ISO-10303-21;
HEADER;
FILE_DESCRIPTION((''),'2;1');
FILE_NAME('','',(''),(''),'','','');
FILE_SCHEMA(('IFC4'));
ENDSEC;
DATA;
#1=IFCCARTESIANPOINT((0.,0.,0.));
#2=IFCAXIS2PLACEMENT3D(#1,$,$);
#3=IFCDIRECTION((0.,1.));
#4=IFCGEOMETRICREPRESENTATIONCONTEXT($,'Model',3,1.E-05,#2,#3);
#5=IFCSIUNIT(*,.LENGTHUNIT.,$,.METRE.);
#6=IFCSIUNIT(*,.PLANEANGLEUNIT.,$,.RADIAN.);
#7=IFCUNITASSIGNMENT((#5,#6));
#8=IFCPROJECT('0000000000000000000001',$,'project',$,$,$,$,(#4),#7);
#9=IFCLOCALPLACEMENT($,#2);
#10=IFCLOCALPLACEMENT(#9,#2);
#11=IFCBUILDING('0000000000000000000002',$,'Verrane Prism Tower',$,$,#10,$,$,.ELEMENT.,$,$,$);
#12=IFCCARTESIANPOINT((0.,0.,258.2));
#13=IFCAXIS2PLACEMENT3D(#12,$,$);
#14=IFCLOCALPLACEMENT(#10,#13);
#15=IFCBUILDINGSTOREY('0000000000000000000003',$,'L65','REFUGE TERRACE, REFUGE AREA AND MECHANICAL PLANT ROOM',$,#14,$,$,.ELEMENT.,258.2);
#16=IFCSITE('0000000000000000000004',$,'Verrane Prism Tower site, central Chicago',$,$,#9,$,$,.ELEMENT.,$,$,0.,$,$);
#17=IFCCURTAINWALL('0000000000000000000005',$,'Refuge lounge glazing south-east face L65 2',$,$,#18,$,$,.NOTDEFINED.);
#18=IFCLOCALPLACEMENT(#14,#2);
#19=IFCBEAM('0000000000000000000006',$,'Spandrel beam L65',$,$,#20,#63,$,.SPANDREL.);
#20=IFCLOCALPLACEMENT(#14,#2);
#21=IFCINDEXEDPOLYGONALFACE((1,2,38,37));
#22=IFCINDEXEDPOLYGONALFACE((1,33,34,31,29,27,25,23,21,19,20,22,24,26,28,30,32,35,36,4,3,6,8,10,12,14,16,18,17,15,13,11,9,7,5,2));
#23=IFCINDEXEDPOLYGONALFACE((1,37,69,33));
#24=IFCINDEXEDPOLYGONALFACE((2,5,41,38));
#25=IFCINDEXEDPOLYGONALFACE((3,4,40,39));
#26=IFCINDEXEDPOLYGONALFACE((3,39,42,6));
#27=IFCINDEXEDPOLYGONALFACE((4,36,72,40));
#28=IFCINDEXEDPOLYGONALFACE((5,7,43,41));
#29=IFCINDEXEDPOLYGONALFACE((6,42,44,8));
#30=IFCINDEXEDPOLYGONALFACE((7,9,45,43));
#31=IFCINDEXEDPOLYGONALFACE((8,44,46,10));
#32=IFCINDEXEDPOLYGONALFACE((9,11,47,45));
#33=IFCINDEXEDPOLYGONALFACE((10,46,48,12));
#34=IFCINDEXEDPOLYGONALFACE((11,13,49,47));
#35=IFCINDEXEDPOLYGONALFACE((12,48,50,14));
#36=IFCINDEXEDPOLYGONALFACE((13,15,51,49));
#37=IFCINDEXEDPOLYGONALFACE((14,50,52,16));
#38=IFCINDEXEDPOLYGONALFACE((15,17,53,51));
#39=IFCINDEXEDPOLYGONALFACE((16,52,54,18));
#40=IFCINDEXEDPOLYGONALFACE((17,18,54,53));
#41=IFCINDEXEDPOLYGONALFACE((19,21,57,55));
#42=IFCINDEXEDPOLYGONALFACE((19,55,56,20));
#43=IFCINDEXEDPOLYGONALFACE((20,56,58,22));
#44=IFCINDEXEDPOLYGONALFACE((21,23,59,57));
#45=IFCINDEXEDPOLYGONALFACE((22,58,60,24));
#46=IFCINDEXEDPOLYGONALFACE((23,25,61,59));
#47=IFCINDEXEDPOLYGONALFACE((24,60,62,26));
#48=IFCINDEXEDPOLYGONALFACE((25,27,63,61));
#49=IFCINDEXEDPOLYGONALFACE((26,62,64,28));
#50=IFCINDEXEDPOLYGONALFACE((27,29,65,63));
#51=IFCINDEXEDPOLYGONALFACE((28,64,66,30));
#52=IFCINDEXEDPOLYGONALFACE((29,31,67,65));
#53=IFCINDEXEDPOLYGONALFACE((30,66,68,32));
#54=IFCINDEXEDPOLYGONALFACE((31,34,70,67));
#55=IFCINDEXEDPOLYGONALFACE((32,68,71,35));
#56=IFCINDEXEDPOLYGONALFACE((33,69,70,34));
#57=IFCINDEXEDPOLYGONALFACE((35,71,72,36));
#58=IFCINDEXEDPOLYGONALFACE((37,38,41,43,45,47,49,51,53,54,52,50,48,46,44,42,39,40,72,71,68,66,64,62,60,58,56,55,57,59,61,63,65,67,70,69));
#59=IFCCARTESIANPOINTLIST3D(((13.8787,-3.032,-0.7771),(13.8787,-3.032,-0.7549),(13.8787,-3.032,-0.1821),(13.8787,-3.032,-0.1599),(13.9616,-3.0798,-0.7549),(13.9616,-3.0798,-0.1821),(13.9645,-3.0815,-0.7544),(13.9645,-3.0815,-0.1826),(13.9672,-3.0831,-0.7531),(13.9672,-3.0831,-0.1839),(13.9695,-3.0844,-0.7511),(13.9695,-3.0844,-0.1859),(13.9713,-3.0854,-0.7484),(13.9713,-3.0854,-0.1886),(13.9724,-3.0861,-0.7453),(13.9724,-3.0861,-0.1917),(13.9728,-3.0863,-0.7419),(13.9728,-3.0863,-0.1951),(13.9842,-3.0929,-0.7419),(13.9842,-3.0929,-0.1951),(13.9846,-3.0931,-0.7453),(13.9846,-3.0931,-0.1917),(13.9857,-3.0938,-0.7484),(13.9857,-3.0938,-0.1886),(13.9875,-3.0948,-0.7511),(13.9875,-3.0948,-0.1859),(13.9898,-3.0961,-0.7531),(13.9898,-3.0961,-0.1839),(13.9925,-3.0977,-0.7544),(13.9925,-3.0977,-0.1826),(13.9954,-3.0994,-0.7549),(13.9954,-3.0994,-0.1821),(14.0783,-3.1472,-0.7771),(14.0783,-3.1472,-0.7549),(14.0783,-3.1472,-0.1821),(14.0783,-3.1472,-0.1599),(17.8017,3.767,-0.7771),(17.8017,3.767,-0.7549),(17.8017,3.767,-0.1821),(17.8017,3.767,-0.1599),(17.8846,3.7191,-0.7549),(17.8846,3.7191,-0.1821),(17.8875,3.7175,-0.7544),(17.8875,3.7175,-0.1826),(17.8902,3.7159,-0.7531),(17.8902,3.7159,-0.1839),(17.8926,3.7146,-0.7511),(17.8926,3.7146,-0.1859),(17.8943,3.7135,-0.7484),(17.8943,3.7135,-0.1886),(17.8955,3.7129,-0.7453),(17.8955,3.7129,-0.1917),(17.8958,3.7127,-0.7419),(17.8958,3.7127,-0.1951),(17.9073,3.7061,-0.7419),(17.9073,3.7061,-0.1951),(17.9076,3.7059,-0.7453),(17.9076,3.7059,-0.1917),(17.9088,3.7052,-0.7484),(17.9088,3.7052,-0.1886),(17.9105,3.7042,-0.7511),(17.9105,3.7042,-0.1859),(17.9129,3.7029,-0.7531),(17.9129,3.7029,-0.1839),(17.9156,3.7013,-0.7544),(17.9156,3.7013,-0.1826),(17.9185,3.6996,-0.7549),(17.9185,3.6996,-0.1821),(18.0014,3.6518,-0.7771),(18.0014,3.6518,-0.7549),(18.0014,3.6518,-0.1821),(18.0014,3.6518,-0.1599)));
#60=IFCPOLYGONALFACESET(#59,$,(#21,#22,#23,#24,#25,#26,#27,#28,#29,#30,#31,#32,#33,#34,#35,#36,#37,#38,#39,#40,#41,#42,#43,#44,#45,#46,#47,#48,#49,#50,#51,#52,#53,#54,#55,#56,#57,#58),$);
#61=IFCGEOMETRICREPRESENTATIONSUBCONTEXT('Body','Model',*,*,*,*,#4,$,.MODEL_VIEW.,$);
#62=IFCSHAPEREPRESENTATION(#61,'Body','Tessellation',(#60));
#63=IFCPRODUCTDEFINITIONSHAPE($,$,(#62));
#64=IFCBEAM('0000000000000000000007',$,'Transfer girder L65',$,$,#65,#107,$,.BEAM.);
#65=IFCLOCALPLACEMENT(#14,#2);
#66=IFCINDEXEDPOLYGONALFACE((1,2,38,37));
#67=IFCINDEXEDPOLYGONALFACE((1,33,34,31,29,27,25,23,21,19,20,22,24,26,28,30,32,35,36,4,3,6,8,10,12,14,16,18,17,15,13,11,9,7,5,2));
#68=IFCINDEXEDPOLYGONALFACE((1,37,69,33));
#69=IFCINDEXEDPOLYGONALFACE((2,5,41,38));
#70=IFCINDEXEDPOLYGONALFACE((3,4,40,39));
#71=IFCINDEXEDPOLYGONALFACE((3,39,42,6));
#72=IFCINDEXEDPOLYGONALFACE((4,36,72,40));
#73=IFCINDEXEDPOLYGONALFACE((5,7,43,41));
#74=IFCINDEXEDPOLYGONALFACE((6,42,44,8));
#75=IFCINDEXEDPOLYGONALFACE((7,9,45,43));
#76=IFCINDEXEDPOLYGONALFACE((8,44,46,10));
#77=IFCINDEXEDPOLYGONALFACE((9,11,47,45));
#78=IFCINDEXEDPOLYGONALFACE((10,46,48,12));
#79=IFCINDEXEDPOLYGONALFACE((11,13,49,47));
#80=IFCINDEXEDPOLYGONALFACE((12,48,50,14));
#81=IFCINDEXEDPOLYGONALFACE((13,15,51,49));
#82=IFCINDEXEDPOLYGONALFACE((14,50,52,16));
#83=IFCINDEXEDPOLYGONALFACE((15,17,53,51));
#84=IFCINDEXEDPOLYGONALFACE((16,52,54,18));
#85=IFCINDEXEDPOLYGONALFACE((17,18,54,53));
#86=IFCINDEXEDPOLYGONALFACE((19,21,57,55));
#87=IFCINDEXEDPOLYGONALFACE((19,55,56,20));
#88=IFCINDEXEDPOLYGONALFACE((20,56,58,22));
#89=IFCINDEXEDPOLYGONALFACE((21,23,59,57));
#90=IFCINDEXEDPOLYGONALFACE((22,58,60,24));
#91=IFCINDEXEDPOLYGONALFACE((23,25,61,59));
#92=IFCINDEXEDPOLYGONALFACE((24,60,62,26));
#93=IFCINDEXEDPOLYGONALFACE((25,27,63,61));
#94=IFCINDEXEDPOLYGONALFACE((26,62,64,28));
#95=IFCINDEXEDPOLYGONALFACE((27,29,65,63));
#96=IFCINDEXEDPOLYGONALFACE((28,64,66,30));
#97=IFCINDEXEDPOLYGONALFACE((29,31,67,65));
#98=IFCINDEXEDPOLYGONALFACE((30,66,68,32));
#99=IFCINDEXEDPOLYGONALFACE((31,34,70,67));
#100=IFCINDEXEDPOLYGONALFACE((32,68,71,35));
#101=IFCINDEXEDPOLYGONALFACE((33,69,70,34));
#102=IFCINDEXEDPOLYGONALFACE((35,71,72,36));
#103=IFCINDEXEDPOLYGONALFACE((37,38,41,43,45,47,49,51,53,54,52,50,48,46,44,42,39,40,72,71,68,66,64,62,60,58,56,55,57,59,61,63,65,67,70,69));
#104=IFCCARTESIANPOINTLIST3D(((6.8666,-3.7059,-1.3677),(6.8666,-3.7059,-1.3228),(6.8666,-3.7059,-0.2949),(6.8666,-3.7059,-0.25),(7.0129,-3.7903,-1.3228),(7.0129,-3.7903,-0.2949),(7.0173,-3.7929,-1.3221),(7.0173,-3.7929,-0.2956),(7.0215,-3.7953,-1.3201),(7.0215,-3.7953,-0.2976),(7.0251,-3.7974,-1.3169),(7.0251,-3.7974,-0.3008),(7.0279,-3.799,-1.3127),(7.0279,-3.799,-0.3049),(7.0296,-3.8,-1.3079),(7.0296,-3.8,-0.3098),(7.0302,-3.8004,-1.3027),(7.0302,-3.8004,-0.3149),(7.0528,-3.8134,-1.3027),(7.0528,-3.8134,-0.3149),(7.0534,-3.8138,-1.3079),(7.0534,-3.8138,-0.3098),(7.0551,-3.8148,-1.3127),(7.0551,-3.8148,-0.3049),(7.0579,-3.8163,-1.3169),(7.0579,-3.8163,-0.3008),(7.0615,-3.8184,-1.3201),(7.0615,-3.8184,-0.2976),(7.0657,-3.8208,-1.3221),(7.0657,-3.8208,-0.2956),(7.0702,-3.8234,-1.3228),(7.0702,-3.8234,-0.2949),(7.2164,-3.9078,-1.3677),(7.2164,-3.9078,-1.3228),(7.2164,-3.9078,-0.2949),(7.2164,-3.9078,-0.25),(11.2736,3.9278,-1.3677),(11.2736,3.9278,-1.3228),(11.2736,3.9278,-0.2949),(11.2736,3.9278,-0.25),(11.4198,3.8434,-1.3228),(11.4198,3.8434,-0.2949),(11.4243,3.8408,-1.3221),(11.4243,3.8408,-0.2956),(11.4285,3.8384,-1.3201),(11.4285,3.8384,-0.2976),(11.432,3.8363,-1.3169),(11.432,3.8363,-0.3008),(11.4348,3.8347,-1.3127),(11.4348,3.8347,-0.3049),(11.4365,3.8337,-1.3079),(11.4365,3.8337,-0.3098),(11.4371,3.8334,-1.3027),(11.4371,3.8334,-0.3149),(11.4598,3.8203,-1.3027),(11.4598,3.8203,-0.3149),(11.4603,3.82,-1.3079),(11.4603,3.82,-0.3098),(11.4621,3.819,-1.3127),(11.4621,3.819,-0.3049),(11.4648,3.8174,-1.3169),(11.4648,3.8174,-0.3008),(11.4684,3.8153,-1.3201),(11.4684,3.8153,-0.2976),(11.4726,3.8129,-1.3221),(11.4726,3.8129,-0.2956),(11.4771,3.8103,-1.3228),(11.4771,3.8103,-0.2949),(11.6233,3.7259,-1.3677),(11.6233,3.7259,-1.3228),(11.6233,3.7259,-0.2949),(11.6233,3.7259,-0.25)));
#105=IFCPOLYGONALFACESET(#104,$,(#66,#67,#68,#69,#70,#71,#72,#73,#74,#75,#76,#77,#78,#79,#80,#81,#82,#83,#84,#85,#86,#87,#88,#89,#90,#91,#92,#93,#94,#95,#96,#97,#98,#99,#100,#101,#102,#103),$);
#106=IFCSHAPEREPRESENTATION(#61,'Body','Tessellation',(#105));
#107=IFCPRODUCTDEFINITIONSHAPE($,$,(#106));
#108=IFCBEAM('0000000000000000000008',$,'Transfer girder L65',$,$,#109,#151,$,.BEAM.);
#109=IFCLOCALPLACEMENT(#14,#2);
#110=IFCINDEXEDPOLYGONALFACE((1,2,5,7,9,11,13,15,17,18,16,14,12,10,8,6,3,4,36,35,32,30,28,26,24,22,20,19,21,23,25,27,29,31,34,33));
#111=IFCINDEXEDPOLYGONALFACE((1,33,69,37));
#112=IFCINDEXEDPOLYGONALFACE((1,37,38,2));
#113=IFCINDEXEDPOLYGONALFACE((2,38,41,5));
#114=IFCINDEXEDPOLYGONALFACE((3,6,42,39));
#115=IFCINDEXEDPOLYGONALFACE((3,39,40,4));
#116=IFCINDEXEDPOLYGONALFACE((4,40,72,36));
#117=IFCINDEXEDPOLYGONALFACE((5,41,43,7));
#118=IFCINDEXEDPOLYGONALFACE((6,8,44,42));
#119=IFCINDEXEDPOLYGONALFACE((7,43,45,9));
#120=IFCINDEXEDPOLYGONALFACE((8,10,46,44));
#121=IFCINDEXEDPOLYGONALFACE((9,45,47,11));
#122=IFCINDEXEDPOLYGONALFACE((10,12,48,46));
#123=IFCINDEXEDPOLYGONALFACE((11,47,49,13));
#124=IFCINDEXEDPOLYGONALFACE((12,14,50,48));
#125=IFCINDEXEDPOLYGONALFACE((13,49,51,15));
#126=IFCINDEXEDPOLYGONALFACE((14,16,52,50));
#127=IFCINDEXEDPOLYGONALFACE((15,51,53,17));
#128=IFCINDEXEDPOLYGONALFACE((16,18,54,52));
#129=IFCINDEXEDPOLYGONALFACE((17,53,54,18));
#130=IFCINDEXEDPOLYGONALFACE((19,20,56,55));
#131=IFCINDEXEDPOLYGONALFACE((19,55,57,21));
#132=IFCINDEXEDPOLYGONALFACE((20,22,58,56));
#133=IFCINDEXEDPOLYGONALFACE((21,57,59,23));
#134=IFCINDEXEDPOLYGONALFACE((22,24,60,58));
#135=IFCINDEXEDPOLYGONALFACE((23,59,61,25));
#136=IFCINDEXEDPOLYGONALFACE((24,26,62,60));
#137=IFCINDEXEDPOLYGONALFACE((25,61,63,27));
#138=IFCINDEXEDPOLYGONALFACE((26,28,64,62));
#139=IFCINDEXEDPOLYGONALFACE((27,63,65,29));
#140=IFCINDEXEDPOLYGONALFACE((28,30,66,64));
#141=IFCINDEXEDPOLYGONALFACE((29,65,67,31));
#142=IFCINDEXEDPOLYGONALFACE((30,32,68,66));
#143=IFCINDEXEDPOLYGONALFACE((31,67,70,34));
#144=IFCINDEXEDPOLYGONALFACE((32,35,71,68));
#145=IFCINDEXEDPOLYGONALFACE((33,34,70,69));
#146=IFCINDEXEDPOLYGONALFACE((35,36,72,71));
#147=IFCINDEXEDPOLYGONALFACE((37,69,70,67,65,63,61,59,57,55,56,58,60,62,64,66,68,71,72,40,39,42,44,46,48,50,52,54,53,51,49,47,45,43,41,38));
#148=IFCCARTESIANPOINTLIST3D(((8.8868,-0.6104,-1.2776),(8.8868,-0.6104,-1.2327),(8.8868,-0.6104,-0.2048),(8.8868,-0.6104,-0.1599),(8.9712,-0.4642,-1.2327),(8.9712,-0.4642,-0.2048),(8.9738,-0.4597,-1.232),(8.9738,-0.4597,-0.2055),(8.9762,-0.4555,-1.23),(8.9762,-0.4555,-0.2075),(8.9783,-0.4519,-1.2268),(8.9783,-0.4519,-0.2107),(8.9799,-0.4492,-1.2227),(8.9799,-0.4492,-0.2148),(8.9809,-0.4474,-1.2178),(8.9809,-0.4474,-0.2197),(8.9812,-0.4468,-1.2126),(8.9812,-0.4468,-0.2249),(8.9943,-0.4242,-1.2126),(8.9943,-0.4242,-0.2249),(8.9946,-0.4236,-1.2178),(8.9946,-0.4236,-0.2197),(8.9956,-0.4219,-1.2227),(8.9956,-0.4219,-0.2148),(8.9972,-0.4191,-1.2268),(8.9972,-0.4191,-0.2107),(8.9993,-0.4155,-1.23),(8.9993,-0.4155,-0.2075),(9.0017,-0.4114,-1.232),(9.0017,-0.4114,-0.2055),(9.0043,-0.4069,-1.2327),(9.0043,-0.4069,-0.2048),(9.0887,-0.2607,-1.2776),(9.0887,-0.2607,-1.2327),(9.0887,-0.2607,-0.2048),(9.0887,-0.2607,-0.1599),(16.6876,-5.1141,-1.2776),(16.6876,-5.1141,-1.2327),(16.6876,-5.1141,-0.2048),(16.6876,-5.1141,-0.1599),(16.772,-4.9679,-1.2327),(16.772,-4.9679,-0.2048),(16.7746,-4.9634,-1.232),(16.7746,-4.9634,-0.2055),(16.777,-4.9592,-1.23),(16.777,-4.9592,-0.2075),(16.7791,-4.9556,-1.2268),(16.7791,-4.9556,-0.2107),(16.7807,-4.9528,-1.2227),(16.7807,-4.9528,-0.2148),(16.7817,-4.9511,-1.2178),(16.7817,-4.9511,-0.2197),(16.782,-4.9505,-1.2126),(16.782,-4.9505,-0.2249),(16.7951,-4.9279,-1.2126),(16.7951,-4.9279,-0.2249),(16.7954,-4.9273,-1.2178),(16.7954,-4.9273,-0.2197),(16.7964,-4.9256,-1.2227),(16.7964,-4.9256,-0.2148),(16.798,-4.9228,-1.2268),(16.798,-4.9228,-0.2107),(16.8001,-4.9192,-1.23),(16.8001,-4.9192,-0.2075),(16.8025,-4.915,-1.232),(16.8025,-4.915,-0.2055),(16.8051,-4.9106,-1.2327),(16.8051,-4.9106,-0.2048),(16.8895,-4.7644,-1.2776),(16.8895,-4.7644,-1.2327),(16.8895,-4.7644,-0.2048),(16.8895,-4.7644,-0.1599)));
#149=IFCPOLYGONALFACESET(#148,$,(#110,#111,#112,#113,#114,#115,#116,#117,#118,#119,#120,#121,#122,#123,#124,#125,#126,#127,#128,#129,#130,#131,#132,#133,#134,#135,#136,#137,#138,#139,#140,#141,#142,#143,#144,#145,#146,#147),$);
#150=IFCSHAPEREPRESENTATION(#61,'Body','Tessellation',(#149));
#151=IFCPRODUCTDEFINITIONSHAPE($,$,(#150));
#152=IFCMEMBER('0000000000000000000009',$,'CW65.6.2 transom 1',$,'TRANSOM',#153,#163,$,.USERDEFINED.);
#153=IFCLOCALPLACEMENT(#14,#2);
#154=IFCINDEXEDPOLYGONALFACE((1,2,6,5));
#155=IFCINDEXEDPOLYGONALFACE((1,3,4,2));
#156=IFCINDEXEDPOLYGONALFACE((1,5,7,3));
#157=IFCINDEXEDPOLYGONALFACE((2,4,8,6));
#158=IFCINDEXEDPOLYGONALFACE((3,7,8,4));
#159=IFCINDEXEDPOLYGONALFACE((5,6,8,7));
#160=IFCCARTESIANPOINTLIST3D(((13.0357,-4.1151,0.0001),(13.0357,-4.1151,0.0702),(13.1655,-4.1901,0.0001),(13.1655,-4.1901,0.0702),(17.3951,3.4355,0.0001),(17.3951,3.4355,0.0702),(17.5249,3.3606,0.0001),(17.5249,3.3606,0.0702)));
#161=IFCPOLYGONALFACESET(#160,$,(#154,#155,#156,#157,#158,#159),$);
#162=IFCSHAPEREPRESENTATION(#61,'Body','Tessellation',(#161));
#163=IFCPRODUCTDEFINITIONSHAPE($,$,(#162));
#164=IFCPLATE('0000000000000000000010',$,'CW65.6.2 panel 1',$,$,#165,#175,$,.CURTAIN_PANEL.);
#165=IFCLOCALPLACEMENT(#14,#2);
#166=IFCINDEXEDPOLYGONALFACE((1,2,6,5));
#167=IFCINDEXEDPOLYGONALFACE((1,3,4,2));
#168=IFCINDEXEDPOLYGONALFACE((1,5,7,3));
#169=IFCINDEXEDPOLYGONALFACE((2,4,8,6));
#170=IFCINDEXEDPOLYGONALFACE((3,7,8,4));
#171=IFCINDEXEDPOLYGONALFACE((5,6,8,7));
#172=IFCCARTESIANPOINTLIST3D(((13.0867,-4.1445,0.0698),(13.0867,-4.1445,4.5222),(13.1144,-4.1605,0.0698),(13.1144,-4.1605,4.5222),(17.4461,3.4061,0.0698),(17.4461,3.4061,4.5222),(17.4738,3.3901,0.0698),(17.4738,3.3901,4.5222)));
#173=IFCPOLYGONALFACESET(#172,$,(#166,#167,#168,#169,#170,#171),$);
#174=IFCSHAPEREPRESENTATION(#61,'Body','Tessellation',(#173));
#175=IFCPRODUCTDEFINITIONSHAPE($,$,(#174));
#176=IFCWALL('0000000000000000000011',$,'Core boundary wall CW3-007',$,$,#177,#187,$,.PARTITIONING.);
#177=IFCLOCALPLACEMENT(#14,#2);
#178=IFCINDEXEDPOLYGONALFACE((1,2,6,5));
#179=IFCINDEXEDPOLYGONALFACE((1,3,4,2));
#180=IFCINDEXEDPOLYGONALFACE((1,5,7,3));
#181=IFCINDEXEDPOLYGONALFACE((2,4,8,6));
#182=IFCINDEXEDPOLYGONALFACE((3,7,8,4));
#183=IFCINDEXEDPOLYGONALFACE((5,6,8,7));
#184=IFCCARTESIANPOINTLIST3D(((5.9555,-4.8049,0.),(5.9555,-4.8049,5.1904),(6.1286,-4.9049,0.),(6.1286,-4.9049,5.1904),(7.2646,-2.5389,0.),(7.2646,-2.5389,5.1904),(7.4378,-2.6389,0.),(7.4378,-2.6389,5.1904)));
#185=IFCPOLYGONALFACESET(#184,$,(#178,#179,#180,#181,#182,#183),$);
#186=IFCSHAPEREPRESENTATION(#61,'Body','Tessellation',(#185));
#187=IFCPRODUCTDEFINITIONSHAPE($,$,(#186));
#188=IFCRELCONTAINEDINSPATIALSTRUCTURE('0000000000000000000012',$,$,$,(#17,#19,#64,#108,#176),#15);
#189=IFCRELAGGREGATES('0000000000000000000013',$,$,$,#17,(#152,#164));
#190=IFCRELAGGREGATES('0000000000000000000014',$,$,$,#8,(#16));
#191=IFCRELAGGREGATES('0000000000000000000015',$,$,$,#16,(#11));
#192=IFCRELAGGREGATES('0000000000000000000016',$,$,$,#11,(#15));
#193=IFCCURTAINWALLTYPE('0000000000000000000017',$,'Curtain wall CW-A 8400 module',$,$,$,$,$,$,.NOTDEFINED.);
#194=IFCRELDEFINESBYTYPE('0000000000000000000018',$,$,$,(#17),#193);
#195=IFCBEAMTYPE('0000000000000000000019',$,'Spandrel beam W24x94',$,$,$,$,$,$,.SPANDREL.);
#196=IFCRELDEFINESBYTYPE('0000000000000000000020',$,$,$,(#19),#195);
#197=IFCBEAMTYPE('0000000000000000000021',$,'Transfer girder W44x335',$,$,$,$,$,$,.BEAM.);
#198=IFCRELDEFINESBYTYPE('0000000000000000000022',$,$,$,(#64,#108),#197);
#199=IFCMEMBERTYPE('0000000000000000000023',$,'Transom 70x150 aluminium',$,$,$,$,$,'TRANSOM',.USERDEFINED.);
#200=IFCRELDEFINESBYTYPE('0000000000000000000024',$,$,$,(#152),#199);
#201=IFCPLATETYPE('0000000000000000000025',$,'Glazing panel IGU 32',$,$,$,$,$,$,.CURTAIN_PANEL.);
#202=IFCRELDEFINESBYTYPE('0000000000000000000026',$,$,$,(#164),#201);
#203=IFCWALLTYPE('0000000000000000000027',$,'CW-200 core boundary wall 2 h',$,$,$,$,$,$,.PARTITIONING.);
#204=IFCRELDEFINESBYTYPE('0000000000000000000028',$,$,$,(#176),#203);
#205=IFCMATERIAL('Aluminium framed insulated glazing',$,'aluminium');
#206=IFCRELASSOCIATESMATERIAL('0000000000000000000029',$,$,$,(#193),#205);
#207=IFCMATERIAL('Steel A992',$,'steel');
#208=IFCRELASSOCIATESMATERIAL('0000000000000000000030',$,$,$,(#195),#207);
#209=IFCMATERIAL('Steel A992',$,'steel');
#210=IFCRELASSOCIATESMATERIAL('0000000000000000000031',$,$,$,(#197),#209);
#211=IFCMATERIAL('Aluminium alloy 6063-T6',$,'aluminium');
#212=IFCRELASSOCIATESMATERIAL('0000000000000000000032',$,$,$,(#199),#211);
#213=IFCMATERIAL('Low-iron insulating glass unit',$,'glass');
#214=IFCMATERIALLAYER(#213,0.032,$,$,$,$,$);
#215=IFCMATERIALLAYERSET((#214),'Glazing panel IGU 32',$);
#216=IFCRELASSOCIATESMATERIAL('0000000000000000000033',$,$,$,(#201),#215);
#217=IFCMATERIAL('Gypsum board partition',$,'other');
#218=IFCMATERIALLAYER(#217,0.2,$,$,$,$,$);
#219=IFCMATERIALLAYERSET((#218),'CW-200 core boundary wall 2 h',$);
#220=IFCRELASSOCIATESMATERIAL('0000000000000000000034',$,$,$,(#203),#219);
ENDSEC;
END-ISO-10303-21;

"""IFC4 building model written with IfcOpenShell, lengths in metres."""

from ifc_helpers import new_model, si_unit, direction, frame, frame_2d, origin, origin_2d, place, context, subcontext, project, spatial, rectangle, i_section, extrude, material, layer, layer_set, material_profile, profile_set, type_object, element, aggregate, save


model = new_model("IFC4")

# Units and contexts
model_context = context("Model", 3, precision=1e-05, world=origin(), true_north=direction((0.0, 1.0)))
body_context = subcontext(model_context, "Body", "Model", "MODEL_VIEW")
ifc_project = project(units=[si_unit("LENGTHUNIT", "METRE"), si_unit("PLANEANGLEUNIT", "RADIAN")], contexts=[model_context])

# Site, building, storey
site_placement = place(None, origin())
site = spatial("IfcSite", under=ifc_project, at=site_placement, Name="Verrane Prism Tower site, central Chicago", CompositionType="ELEMENT", RefElevation=0.0)
building_placement = place(site_placement, origin())
building = spatial("IfcBuilding", under=site, at=building_placement, Name="Verrane Prism Tower", CompositionType="ELEMENT")
storey_placement = place(building_placement, frame((0.0, 0.0, 258.2)))
storey = spatial("IfcBuildingStorey", under=building, at=storey_placement, Name="L65", Description="REFUGE TERRACE, REFUGE AREA AND MECHANICAL PLANT ROOM", CompositionType="ELEMENT", Elevation=258.2)

# Curtain wall
ifc_material_1 = material(Name="Aluminium framed insulated glazing", Category="aluminium")
curtain_wall_type = type_object("IfcCurtainWallType", Name="Curtain wall CW-A 8400 module", PredefinedType="NOTDEFINED", material=ifc_material_1)
curtain_wall_placement = place(storey_placement, origin())
curtain_wall = element("IfcCurtainWall", 1, at=curtain_wall_placement, inside=storey, type_object=curtain_wall_type, Name="Refuge lounge glazing south-east face L65 2", PredefinedType="NOTDEFINED")

# Beams
ifc_material_2 = material(Name="Steel A992", Category="steel")
ifc_material_profile_1 = material_profile(ifc_material_2, i_section(OverallWidth=0.2305, OverallDepth=0.6172, WebThickness=0.0132, FlangeThickness=0.0222, FilletRadius=0.0129, at=origin_2d()), Name="W24x94")
ifc_profile_set_1 = profile_set([ifc_material_profile_1], Name="Steel A992")
beam_type_1 = type_object("IfcBeamType", Name="Spandrel beam W24x94", PredefinedType="SPANDREL", material=ifc_profile_set_1)
beam_1_placement = place(storey_placement, frame((13.9785, -3.0896, -0.4685), z_axis=(0.499775, 0.866155, 0.0), x_axis=(-0.866155, 0.499775, 0.0)))
element("IfcBeam", 2, at=beam_1_placement, inside=storey, type_object=beam_type_1, Name="Spandrel beam L65", PredefinedType="SPANDREL", context=body_context, shape_type="SweptSolid", body=[
    extrude(i_section(OverallWidth=0.2305, OverallDepth=0.6172, WebThickness=0.0132, FlangeThickness=0.0222, FilletRadius=0.0129, at=origin_2d()), origin(), (0.0, 0.0, 1.0), 7.8496),
])
ifc_material_3 = material(Name="Steel A992", Category="steel")
ifc_material_profile_2 = material_profile(ifc_material_3, i_section(OverallWidth=0.4038, OverallDepth=1.1177, WebThickness=0.0261, FlangeThickness=0.0449, FilletRadius=0.02, at=origin_2d()), Name="W44x335")
ifc_profile_set_2 = profile_set([ifc_material_profile_2], Name="Steel A992")
beam_type_2 = type_object("IfcBeamType", Name="Transfer girder W44x335", PredefinedType="BEAM", material=ifc_profile_set_2)
beam_2_placement = place(storey_placement, frame((7.0415, -3.8069, -0.8088), z_axis=(0.499967, 0.866044, 0.0), x_axis=(-0.866044, 0.499967, 0.0)))
element("IfcBeam", 3, at=beam_2_placement, inside=storey, type_object=beam_type_2, Name="Transfer girder L65", PredefinedType="BEAM", context=body_context, shape_type="SweptSolid", body=[
    extrude(i_section(OverallWidth=0.4038, OverallDepth=1.1177, WebThickness=0.0261, FlangeThickness=0.0449, FilletRadius=0.02, at=origin_2d()), origin(), (0.0, 0.0, 1.0), 8.8145),
])
beam_3_placement = place(storey_placement, frame((16.7886, -4.9392, -0.7188), z_axis=(-0.866031, 0.49999, 0.0), x_axis=(-0.49999, -0.866031, 0.0)))
element("IfcBeam", 4, at=beam_3_placement, inside=storey, type_object=beam_type_2, Name="Transfer girder L65", PredefinedType="BEAM", context=body_context, shape_type="SweptSolid", body=[
    extrude(i_section(OverallWidth=0.4038, OverallDepth=1.1177, WebThickness=0.0261, FlangeThickness=0.0449, FilletRadius=0.02, at=origin_2d()), origin(), (0.0, 0.0, 1.0), 9.0076),
])

# Member
ifc_material_4 = material(Name="Aluminium alloy 6063-T6", Category="aluminium")
ifc_material_profile_3 = material_profile(ifc_material_4, rectangle(XDim=0.1499, YDim=0.0701, at=origin_2d()), Name="Transom 70x150 aluminium")
ifc_profile_set_3 = profile_set([ifc_material_profile_3], Name="Aluminium alloy 6063-T6")
member_type_1 = type_object("IfcMemberType", Name="Transom 70x150 aluminium", ElementType="TRANSOM", PredefinedType="USERDEFINED", material=ifc_profile_set_3)
member_1_placement = place(storey_placement, frame((13.1006, -4.1526, 0.0352), z_axis=(0.500006, 0.866022, 0.0), x_axis=(-0.866022, 0.500006, 0.0)))
member_1 = element("IfcMember", 5, at=member_1_placement, type_object=member_type_1, Name="CW65.6.2 transom 1", ObjectType="TRANSOM", PredefinedType="USERDEFINED", context=body_context, shape_type="SweptSolid", body=[
    extrude(rectangle(XDim=0.1499, YDim=0.0701, at=origin_2d()), origin(), (0.0, 0.0, 1.0), 8.7188),
])

# Plate
ifc_material_5 = material(Name="Low-iron insulating glass unit", Category="glass")
ifc_layer_1 = layer(ifc_material_5, 0.032)
ifc_layer_set_1 = layer_set([ifc_layer_1], Name="Glazing panel IGU 32")
plate_type = type_object("IfcPlateType", Name="Glazing panel IGU 32", PredefinedType="CURTAIN_PANEL", material=ifc_layer_set_1)
plate_placement = place(storey_placement, frame((15.2803, -0.3772, 0.0698), z_axis=(0.0, 0.0, 1.0), x_axis=(0.499998, 0.866026, 0.0)))
plate = element("IfcPlate", 6, at=plate_placement, type_object=plate_type, Name="CW65.6.2 panel 1", PredefinedType="CURTAIN_PANEL", context=body_context, shape_type="SweptSolid", body=[
    extrude(rectangle(XDim=8.7188, YDim=0.032, at=origin_2d()), origin(), (0.0, 0.0, 1.0), 4.4524),
])
aggregate(curtain_wall, [member_1, plate])

# Wall
ifc_material_6 = material(Name="Gypsum board partition", Category="other")
ifc_layer_2 = layer(ifc_material_6, 0.2)
ifc_layer_set_2 = layer_set([ifc_layer_2], Name="CW-200 core boundary wall 2 h")
wall_type_1 = type_object("IfcWallType", Name="CW-200 core boundary wall 2 h", PredefinedType="PARTITIONING", material=ifc_layer_set_2)
wall_1_placement = place(storey_placement, frame((6.042, -4.855, 0.0), z_axis=(0.0, 0.0, 1.0), x_axis=(0.500253, 0.865879, 0.0)))
element("IfcWall", 7, at=wall_1_placement, inside=storey, type_object=wall_type_1, Name="Core boundary wall CW3-007", PredefinedType="PARTITIONING", context=body_context, shape_type="SweptSolid", body=[
    extrude(rectangle(XDim=2.6169, YDim=0.2, at=frame_2d((1.3086, 0.0))), origin(), (0.0, 0.0, 1.0), 5.1904),
])

save(model, "model.ifc")
